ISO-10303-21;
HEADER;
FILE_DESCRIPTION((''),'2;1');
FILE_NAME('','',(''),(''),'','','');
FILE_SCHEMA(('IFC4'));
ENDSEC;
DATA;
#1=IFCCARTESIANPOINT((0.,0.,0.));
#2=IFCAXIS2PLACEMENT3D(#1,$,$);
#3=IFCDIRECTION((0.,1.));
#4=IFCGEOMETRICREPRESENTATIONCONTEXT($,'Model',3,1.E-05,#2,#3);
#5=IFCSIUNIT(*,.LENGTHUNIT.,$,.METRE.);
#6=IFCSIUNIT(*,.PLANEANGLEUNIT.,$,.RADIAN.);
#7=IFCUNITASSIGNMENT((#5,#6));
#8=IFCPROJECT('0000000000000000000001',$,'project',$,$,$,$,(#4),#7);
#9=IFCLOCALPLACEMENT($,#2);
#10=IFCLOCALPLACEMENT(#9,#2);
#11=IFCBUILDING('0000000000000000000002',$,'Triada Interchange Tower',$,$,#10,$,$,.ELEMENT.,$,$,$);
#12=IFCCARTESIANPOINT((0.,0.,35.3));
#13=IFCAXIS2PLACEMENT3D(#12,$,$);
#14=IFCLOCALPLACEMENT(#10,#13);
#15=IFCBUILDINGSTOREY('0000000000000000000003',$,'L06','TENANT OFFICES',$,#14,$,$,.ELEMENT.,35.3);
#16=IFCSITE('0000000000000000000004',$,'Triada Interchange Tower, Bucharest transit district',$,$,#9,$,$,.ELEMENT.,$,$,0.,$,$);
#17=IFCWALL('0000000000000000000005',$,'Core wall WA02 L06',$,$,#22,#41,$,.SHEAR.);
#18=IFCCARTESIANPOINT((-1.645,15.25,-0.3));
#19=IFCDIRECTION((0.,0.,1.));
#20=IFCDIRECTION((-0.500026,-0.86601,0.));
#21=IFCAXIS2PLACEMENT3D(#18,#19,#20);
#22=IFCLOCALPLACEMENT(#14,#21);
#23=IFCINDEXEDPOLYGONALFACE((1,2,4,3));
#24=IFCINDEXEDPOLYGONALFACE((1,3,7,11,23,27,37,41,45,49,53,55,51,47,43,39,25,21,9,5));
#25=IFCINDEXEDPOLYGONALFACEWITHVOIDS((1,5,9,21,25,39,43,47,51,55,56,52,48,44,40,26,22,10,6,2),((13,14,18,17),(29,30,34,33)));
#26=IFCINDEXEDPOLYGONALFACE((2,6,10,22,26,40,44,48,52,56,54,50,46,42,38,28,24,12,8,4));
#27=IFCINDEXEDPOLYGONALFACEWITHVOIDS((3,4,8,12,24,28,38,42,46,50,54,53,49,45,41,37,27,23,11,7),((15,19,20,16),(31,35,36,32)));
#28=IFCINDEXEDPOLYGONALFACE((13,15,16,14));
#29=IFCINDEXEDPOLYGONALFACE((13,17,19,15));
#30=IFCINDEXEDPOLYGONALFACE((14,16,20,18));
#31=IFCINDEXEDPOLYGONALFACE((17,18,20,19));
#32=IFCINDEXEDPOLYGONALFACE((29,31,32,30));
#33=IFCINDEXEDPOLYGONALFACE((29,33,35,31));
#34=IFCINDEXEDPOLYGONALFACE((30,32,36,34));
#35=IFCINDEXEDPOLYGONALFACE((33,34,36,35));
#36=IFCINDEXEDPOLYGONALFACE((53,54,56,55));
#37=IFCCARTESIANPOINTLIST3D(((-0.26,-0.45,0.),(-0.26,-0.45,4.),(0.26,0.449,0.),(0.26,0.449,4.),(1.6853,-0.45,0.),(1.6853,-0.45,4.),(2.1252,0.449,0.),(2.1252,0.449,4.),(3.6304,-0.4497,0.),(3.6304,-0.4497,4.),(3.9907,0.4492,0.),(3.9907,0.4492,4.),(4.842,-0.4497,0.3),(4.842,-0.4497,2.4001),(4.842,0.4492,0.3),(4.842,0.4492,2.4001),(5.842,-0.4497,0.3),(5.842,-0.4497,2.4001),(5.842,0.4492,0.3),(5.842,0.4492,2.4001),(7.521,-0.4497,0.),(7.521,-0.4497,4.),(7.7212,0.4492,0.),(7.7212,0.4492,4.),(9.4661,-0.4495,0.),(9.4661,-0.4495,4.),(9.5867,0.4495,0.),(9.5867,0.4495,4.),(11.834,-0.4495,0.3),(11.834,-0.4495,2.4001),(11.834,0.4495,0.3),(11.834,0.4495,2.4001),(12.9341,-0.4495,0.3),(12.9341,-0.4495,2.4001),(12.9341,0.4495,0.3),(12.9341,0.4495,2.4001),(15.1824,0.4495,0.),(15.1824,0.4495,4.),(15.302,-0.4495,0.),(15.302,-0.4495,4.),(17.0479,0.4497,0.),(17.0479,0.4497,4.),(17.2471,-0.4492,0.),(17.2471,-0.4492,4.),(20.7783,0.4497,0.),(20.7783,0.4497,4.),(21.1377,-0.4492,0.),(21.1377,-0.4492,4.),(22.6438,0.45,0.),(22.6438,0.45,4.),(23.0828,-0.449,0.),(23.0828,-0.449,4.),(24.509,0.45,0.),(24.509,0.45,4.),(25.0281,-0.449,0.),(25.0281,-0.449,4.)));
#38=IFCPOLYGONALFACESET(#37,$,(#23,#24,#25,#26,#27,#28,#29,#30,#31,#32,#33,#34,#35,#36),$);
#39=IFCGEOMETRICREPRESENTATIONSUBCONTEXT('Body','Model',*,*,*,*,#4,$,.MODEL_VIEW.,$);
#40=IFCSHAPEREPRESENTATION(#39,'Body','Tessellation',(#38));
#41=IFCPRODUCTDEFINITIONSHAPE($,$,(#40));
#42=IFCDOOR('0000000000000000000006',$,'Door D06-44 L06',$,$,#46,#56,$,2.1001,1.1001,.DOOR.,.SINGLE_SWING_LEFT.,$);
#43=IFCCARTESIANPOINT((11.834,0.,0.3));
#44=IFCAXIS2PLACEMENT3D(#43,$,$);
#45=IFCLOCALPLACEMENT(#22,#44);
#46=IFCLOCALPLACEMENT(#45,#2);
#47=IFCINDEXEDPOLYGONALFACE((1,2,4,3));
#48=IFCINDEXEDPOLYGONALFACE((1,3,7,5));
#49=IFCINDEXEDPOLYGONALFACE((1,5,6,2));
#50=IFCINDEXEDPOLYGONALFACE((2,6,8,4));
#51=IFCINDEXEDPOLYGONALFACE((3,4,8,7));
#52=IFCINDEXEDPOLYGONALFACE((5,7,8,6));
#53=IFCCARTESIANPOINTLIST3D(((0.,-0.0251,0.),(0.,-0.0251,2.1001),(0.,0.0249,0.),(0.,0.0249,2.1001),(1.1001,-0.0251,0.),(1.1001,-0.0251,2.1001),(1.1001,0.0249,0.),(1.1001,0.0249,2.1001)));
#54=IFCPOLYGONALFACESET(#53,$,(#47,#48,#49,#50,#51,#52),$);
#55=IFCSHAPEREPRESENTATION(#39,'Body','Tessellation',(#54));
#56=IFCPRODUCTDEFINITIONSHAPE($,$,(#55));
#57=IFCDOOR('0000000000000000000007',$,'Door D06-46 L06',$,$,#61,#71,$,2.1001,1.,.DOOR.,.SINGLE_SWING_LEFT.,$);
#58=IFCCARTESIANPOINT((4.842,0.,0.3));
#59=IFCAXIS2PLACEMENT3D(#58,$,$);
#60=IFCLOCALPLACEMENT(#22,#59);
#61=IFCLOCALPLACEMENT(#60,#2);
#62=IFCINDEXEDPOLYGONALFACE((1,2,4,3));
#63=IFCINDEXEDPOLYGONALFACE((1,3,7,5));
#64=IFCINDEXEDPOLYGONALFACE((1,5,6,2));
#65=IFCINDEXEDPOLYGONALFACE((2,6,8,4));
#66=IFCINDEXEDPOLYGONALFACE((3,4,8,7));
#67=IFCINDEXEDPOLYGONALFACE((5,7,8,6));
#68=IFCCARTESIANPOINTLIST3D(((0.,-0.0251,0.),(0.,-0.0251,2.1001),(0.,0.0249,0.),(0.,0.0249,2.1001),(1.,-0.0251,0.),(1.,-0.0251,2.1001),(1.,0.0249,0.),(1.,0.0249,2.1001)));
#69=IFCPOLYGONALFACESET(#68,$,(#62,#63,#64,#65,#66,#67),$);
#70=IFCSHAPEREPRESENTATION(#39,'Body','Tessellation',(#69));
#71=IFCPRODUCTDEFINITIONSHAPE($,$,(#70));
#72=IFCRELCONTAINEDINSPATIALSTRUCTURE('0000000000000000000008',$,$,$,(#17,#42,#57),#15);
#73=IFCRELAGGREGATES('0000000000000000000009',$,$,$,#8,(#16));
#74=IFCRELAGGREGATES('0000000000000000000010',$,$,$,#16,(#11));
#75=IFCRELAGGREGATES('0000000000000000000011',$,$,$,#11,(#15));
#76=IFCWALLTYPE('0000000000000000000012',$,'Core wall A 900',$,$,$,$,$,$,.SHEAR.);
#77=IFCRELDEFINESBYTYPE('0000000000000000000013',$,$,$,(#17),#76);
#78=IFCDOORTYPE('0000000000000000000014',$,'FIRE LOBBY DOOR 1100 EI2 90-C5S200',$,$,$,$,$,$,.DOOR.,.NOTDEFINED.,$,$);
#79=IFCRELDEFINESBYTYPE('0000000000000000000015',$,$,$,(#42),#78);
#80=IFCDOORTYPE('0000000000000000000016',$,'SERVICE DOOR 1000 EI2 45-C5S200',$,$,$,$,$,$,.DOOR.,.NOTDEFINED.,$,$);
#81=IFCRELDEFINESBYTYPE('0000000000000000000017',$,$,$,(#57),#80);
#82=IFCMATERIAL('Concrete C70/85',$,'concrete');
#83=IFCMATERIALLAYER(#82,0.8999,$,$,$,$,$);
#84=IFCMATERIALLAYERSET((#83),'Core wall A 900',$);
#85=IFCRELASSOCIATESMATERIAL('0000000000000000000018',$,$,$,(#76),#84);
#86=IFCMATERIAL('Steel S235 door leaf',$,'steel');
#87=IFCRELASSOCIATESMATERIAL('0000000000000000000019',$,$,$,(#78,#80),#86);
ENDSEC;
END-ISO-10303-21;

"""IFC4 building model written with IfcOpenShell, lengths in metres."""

from ifc_helpers import new_model, si_unit, direction, frame, frame_2d, origin, place, context, subcontext, project, spatial, polyline, rectangle, outline, extrude, material, layer, layer_set, type_object, element, fill, save


model = new_model("IFC4")

# Units and contexts
model_context = context("Model", 3, precision=1e-05, world=origin(), true_north=direction((0.0, 1.0)))
body_context = subcontext(model_context, "Body", "Model", "MODEL_VIEW")
ifc_project = project(units=[si_unit("LENGTHUNIT", "METRE"), si_unit("PLANEANGLEUNIT", "RADIAN")], contexts=[model_context])

# Site, building, storey
site_placement = place(None, origin())
site = spatial("IfcSite", under=ifc_project, at=site_placement, Name="Triada Interchange Tower, Bucharest transit district", CompositionType="ELEMENT", RefElevation=0.0)
building_placement = place(site_placement, origin())
building = spatial("IfcBuilding", under=site, at=building_placement, Name="Triada Interchange Tower", CompositionType="ELEMENT")
storey_placement = place(building_placement, frame((0.0, 0.0, 35.3)))
storey = spatial("IfcBuildingStorey", under=building, at=storey_placement, Name="L06", Description="TENANT OFFICES", CompositionType="ELEMENT", Elevation=35.3)

# Shared definitions
ifc_material_1 = material(Name="Concrete C70/85", Category="concrete")

# Wall, openings, doors
ifc_layer_1 = layer(ifc_material_1, 0.8999)
ifc_layer_set_1 = layer_set([ifc_layer_1], Name="Core wall A 900")
wall_type_1 = type_object("IfcWallType", Name="Core wall A 900", PredefinedType="SHEAR", material=ifc_layer_set_1)
wall_1_placement = place(storey_placement, frame((-1.645, 15.25, -0.3), z_axis=(0.0, 0.0, 1.0), x_axis=(-0.500026, -0.86601, 0.0)))
wall_1 = element("IfcWall", 1, at=wall_1_placement, inside=storey, type_object=wall_type_1, Name="Core wall WA02 L06", PredefinedType="SHEAR", context=body_context, shape_type="SweptSolid", body=[
    extrude(outline(polyline([(-0.26, -0.45), (1.6853, -0.45), (3.6304, -0.4497), (5.5757, -0.4497), (7.521, -0.4497), (9.4661, -0.4495), (11.4114, -0.4495), (13.3567, -0.4495), (15.302, -0.4495), (17.2471, -0.4492), (19.1924, -0.4492), (21.1377, -0.4492), (23.0828, -0.449), (25.0281, -0.449), (24.509, 0.45), (22.6438, 0.45), (20.7783, 0.4497), (18.9131, 0.4497), (17.0479, 0.4497), (15.1824, 0.4495), (13.3171, 0.4495), (11.4519, 0.4495), (9.5867, 0.4495), (7.7212, 0.4492), (5.856, 0.4492), (3.9907, 0.4492), (2.1252, 0.449), (0.26, 0.449), (-0.26, -0.45)])), origin(), (0.0, 0.0, 1.0), 4.0),
])
opening_1_placement = place(wall_1_placement, frame((11.834, 0.0, 0.3)))
opening_1 = element("IfcOpeningElement", 2, at=opening_1_placement, cuts=wall_1, PredefinedType="OPENING", context=body_context, shape_type="SweptSolid", body=[
    extrude(rectangle(XDim=1.1001, YDim=2.1001, at=frame_2d((0.55, 1.05))), frame((0.0, 0.46, 0.0), z_axis=(0.0, -1.0, 0.0), x_axis=(1.0, 0.0, 0.0)), (0.0, 0.0, 1.0), 0.9199),
])
opening_2_placement = place(wall_1_placement, frame((4.842, 0.0, 0.3)))
opening_2 = element("IfcOpeningElement", 3, at=opening_2_placement, cuts=wall_1, PredefinedType="OPENING", context=body_context, shape_type="SweptSolid", body=[
    extrude(rectangle(XDim=1.0, YDim=2.1001, at=frame_2d((0.5, 1.05))), frame((0.0, 0.46, 0.0), z_axis=(0.0, -1.0, 0.0), x_axis=(1.0, 0.0, 0.0)), (0.0, 0.0, 1.0), 0.9199),
])
ifc_material_2 = material(Name="Steel S235 door leaf", Category="steel")
door_type_1 = type_object("IfcDoorType", Name="FIRE LOBBY DOOR 1100 EI2 90-C5S200", OperationType="NOTDEFINED", PredefinedType="DOOR", material=ifc_material_2)
door_1_placement = place(opening_1_placement, origin())
door_1 = element("IfcDoor", 4, at=door_1_placement, inside=storey, type_object=door_type_1, Name="Door D06-44 L06", OperationType="SINGLE_SWING_LEFT", OverallHeight=2.1001, OverallWidth=1.1001, PredefinedType="DOOR", context=body_context, shape_type="SweptSolid", body=[
    extrude(rectangle(XDim=1.1001, YDim=2.1001, at=frame_2d((0.55, 1.05))), frame((0.0, 0.0249, 0.0), z_axis=(0.0, -1.0, 0.0), x_axis=(1.0, 0.0, 0.0)), (0.0, 0.0, 1.0), 0.05),
])
fill(opening_1, door_1)
door_type_2 = type_object("IfcDoorType", Name="SERVICE DOOR 1000 EI2 45-C5S200", OperationType="NOTDEFINED", PredefinedType="DOOR", material=ifc_material_2)
door_2_placement = place(opening_2_placement, origin())
door_2 = element("IfcDoor", 5, at=door_2_placement, inside=storey, type_object=door_type_2, Name="Door D06-46 L06", OperationType="SINGLE_SWING_LEFT", OverallHeight=2.1001, OverallWidth=1.0, PredefinedType="DOOR", context=body_context, shape_type="SweptSolid", body=[
    extrude(rectangle(XDim=1.0, YDim=2.1001, at=frame_2d((0.5, 1.05))), frame((0.0, 0.0249, 0.0), z_axis=(0.0, -1.0, 0.0), x_axis=(1.0, 0.0, 0.0)), (0.0, 0.0, 1.0), 0.05),
])
fill(opening_2, door_2)

save(model, "model.ifc")
